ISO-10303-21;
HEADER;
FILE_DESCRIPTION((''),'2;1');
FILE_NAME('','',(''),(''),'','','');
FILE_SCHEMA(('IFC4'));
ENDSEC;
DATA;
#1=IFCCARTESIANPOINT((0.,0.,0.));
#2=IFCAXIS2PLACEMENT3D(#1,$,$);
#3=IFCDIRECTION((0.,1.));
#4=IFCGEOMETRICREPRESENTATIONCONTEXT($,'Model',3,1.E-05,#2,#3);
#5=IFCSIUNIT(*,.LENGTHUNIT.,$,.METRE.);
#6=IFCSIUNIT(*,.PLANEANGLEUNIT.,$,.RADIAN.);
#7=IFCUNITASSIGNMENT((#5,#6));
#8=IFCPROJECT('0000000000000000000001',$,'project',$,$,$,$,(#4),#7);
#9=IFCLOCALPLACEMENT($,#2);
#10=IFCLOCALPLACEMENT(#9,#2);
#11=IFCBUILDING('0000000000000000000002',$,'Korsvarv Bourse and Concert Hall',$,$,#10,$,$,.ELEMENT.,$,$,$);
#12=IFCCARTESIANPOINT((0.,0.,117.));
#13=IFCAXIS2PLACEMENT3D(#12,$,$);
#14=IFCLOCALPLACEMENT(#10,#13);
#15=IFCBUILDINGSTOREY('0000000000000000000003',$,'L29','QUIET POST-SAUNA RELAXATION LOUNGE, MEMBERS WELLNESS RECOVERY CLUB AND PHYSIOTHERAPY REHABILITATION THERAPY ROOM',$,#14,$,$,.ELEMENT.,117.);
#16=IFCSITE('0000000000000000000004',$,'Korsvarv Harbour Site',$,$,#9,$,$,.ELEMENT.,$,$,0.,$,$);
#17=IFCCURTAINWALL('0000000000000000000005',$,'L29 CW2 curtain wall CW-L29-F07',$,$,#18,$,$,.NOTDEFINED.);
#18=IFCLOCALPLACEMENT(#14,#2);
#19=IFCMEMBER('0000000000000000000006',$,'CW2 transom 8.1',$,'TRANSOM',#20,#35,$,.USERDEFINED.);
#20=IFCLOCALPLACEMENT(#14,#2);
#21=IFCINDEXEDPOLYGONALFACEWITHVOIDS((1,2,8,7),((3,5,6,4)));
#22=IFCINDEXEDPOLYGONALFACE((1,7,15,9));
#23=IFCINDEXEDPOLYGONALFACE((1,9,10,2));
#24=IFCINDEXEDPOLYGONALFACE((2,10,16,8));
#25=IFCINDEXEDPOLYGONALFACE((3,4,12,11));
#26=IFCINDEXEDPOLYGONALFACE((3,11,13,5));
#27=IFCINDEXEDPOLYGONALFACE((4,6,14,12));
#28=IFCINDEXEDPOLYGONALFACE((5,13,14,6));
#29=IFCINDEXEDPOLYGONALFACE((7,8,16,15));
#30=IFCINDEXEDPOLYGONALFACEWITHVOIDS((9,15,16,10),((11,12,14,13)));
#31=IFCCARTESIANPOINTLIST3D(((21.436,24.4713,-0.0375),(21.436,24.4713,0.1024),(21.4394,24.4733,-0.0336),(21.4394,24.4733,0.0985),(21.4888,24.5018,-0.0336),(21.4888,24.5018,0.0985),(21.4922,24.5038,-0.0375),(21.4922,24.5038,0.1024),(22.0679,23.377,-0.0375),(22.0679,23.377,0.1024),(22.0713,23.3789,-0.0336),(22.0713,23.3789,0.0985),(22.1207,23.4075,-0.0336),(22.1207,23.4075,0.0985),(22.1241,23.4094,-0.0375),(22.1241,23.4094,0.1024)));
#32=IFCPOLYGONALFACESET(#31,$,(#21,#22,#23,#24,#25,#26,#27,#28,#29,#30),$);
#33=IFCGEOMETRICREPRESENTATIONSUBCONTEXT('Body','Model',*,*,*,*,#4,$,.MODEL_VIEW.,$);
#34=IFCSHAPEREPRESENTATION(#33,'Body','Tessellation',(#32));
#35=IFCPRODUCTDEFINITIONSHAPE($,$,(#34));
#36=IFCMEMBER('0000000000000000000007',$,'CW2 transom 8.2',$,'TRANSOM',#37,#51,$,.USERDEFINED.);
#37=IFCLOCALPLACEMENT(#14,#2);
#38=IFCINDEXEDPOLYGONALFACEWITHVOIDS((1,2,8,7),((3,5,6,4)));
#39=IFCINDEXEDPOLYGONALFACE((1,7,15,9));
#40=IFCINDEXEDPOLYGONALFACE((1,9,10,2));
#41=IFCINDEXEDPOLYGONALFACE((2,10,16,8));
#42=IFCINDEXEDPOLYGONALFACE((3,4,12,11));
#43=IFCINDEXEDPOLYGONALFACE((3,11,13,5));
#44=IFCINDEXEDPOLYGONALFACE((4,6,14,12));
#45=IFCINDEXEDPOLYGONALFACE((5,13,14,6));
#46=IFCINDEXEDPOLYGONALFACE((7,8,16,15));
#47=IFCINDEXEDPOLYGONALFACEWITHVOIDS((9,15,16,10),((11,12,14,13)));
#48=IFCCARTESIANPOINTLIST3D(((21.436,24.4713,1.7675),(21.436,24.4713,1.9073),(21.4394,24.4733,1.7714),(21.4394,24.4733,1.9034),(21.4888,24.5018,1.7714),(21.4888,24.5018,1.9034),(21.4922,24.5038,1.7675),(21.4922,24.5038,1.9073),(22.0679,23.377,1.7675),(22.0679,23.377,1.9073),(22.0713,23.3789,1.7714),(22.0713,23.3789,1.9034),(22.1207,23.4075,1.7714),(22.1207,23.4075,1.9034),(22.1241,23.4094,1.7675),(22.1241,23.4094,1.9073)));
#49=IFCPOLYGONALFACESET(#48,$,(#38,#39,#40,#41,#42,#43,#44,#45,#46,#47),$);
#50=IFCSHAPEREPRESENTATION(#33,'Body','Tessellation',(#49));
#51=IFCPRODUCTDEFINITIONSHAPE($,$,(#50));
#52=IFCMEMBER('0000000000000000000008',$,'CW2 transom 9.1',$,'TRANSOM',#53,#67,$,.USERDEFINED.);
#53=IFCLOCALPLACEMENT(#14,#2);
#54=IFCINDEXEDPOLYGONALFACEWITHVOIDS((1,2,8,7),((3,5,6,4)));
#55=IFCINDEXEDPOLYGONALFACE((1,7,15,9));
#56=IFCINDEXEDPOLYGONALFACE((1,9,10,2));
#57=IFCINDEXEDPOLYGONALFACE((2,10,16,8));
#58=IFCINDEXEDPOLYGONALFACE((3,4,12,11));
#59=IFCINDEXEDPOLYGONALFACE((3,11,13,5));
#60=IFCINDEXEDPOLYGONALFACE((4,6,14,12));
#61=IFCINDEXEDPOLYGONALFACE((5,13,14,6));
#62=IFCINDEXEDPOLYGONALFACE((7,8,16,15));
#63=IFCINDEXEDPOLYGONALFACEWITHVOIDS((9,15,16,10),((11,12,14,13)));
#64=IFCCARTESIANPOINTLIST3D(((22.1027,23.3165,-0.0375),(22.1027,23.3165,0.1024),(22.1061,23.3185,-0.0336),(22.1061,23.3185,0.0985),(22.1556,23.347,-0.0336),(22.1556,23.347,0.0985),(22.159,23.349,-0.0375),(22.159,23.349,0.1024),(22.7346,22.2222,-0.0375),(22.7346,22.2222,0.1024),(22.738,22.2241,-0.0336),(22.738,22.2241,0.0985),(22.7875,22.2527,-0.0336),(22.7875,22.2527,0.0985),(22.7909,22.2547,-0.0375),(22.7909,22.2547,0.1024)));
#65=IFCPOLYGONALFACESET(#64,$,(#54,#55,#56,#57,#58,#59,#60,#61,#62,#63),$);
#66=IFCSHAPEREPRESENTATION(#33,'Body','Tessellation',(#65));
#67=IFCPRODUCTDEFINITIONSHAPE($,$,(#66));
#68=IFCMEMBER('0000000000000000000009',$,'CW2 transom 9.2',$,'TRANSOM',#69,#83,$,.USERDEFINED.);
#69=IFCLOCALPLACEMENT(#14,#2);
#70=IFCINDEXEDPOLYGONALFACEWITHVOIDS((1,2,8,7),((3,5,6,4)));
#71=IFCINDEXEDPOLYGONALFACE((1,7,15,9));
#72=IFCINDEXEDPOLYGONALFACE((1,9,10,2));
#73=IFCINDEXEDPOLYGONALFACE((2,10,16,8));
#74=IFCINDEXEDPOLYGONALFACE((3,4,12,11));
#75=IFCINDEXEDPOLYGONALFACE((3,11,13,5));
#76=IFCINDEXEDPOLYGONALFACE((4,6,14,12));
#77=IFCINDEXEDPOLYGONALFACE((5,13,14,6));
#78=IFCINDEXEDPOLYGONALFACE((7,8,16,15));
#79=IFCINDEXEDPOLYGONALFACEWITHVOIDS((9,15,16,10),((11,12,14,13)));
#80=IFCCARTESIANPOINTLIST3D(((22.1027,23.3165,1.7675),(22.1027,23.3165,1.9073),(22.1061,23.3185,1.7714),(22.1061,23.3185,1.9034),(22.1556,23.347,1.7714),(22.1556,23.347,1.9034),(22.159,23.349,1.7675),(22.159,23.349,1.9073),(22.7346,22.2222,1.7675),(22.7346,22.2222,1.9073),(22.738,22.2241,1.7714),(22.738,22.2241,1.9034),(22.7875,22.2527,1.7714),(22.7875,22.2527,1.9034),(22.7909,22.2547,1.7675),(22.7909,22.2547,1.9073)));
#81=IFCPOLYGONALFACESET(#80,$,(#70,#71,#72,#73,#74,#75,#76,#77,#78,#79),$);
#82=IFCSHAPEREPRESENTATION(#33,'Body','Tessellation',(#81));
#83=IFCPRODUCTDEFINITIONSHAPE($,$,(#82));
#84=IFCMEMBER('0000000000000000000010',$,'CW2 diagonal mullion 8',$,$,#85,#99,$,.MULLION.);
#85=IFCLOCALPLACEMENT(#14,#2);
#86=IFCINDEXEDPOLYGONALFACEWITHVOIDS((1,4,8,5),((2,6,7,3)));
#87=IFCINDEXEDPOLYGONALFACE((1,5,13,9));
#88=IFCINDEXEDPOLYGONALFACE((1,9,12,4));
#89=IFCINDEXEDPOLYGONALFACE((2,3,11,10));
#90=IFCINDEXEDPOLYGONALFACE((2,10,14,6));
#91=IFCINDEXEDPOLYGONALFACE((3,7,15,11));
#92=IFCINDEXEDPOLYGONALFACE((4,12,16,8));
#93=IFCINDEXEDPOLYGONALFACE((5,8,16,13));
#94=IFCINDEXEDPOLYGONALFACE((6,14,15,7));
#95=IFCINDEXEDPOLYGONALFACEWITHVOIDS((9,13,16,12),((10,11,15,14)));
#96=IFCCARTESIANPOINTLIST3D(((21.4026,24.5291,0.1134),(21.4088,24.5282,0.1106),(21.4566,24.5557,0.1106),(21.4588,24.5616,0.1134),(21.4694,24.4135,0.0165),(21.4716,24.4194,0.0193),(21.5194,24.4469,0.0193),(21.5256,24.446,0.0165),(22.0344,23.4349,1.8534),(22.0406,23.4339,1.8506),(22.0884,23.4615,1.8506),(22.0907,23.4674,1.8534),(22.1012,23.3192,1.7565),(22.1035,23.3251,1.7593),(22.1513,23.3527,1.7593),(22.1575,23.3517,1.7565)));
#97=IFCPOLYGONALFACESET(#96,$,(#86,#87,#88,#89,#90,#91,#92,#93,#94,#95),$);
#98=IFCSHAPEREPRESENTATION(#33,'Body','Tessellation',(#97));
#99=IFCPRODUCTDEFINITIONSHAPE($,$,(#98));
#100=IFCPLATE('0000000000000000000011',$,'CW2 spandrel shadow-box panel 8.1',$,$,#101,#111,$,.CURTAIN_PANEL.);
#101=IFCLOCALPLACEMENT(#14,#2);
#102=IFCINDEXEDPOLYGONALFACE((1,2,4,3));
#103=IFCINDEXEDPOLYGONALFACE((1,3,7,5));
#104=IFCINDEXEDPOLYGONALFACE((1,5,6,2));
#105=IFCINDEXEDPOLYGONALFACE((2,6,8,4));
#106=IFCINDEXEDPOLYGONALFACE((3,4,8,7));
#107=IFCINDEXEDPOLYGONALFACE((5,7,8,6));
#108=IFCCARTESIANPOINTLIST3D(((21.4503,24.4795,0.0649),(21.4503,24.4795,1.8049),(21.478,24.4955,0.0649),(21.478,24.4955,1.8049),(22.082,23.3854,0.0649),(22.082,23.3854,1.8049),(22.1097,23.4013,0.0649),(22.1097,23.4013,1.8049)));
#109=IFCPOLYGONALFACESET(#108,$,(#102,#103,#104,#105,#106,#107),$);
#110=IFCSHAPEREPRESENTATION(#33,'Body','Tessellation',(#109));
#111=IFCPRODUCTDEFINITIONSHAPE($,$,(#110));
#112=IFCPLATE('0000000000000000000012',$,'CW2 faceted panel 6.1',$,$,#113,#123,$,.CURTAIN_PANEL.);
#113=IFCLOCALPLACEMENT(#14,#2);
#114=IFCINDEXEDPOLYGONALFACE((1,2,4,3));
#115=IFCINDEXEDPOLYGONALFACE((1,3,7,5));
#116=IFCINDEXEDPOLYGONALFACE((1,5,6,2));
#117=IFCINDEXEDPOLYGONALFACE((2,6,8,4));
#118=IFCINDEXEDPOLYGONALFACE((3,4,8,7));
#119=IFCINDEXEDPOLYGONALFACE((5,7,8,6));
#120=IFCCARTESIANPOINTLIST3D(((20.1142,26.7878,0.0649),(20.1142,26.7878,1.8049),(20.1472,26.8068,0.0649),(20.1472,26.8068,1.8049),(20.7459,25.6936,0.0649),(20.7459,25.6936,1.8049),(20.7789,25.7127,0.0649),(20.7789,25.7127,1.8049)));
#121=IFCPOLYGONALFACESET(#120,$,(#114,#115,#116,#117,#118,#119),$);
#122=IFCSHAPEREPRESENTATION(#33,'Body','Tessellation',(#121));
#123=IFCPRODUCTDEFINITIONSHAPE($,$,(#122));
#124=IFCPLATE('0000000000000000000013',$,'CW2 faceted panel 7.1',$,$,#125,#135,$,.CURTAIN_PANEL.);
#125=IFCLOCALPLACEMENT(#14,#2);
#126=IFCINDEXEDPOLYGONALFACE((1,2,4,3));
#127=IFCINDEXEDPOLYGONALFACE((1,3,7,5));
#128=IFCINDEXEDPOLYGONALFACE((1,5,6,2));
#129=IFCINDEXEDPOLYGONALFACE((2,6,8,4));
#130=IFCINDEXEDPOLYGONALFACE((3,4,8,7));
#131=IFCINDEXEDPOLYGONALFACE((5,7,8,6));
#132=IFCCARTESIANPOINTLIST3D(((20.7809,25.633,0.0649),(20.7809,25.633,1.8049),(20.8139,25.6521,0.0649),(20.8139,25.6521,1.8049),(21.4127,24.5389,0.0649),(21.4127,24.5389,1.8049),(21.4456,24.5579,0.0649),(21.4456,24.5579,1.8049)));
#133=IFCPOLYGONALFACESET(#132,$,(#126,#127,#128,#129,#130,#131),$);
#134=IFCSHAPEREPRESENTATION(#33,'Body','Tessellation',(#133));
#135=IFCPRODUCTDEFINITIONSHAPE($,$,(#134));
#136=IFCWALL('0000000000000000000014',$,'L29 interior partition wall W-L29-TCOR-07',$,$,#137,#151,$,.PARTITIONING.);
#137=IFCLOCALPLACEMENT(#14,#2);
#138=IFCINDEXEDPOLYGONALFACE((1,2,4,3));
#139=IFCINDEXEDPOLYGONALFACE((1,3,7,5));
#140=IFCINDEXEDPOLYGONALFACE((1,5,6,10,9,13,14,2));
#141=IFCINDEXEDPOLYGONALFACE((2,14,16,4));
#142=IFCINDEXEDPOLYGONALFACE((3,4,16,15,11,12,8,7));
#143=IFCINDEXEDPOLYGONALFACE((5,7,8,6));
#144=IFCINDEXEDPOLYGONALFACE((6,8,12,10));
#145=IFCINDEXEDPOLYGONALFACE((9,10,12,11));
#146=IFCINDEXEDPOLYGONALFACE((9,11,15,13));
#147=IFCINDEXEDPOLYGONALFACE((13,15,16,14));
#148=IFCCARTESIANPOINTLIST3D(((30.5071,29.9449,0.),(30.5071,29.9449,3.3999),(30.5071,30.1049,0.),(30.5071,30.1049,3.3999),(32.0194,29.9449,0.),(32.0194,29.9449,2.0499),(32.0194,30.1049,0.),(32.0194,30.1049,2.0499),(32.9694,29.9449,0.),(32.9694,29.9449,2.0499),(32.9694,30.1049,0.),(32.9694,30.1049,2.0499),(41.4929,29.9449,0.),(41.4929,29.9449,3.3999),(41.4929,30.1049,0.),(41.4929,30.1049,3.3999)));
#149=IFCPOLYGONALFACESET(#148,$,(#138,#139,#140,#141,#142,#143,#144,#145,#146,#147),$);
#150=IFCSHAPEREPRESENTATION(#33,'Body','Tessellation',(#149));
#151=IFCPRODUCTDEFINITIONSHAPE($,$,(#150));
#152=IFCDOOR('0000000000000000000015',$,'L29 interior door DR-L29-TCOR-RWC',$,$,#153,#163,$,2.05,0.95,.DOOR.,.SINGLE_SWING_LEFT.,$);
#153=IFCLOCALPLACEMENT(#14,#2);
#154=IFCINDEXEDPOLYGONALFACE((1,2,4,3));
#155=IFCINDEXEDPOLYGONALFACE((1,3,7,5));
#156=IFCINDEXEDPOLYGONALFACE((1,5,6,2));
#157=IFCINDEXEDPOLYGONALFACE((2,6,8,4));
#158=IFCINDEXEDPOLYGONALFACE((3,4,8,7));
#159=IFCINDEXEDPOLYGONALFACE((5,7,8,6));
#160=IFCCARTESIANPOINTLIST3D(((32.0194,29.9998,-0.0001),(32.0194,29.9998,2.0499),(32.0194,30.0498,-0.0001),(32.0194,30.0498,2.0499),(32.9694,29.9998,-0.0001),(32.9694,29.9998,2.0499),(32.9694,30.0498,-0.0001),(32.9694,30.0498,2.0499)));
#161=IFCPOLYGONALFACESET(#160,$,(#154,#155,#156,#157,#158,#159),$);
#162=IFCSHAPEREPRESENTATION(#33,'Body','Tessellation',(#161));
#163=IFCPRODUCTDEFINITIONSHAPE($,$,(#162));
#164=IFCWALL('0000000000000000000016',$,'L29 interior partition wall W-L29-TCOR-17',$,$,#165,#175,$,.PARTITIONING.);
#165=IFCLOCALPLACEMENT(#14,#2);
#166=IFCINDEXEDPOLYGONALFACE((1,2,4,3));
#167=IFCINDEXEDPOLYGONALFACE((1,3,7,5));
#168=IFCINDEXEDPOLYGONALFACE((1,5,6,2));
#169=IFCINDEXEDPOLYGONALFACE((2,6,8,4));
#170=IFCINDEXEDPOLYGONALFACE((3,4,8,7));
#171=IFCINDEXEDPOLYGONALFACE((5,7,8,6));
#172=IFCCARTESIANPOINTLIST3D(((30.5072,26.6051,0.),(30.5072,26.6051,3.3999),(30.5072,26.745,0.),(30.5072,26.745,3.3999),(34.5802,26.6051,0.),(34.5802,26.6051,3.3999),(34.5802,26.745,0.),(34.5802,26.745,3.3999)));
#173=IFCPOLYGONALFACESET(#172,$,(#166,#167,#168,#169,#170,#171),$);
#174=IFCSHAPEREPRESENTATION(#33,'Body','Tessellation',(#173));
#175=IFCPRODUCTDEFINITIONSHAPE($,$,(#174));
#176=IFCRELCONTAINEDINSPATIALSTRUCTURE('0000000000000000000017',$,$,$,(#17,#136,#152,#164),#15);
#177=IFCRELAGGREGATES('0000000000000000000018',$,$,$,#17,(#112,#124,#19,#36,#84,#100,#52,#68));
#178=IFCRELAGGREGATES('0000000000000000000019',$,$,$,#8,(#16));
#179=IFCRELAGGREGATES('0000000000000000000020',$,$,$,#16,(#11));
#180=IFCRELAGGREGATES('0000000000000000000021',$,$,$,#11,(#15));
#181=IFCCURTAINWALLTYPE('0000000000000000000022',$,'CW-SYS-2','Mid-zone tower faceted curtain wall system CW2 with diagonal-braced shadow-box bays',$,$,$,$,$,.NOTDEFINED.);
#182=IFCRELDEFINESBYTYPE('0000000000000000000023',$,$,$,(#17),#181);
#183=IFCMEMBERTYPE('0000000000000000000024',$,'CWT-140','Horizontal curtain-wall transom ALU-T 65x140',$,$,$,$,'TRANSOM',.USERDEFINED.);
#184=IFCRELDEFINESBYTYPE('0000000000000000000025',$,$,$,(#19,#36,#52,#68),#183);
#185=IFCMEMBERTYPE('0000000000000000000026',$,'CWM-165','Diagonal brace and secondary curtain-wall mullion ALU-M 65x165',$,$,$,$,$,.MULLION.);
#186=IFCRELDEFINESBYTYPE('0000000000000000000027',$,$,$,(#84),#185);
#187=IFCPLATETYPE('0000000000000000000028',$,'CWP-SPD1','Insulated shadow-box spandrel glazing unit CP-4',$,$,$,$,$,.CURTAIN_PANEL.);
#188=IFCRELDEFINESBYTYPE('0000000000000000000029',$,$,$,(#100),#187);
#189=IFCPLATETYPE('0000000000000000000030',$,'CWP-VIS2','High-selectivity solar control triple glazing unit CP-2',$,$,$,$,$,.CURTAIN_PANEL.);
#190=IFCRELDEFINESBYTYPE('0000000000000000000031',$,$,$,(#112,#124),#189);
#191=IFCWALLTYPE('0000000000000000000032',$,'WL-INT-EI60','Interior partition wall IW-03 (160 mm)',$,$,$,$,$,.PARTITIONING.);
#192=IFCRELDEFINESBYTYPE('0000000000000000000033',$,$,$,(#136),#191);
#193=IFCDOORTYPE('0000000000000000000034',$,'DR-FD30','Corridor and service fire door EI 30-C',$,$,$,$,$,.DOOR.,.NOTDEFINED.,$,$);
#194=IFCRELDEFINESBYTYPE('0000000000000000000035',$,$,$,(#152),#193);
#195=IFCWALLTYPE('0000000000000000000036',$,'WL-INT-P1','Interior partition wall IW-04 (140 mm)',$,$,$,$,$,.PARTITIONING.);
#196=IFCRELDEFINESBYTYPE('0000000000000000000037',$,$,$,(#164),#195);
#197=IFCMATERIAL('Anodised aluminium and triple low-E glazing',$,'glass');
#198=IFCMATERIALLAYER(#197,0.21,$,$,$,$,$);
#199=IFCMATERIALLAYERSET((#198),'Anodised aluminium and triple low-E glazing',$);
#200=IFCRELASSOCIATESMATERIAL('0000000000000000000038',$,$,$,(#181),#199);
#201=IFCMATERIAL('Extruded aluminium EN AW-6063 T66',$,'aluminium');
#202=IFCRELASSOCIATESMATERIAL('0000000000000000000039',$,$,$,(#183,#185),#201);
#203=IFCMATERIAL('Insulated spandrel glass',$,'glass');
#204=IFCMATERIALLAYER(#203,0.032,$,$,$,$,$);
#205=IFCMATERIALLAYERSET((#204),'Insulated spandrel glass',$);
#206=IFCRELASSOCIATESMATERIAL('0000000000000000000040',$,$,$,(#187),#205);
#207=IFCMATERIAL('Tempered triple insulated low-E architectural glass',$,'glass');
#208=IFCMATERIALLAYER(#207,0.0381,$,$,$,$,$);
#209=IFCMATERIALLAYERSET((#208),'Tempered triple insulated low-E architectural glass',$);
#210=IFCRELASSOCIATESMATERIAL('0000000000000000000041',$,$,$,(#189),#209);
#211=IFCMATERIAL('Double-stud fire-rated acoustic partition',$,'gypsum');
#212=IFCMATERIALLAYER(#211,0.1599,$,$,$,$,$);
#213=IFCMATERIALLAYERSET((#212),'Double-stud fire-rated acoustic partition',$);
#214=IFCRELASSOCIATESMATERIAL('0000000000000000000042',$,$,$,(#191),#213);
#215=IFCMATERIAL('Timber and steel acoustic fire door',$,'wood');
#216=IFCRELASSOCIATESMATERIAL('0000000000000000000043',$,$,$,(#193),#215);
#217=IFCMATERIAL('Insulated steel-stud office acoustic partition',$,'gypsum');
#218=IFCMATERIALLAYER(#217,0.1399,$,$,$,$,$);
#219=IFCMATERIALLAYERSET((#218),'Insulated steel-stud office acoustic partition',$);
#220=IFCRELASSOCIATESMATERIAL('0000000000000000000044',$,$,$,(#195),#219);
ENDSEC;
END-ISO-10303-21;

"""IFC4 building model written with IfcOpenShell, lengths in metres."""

from ifc_helpers import new_model, si_unit, direction, frame, frame_2d, origin, origin_2d, place, context, subcontext, project, spatial, rectangle, hollow_rectangle, extrude, source, transform, mapped, material, layer, layer_set, material_profile, profile_set, type_object, element, fill, aggregate, save


model = new_model("IFC4")

# Units and contexts
model_context = context("Model", 3, precision=1e-05, world=origin(), true_north=direction((0.0, 1.0)))
body_context = subcontext(model_context, "Body", "Model", "MODEL_VIEW")
ifc_project = project(units=[si_unit("LENGTHUNIT", "METRE"), si_unit("PLANEANGLEUNIT", "RADIAN")], contexts=[model_context])

# Site, building, storey
site_placement = place(None, origin())
site = spatial("IfcSite", under=ifc_project, at=site_placement, Name="Korsvarv Harbour Site", CompositionType="ELEMENT", RefElevation=0.0)
building_placement = place(site_placement, origin())
building = spatial("IfcBuilding", under=site, at=building_placement, Name="Korsvarv Bourse and Concert Hall", CompositionType="ELEMENT")
storey_placement = place(building_placement, frame((0.0, 0.0, 117.0)))
storey = spatial("IfcBuildingStorey", under=building, at=storey_placement, Name="L29", Description="QUIET POST-SAUNA RELAXATION LOUNGE, MEMBERS WELLNESS RECOVERY CLUB AND PHYSIOTHERAPY REHABILITATION THERAPY ROOM", CompositionType="ELEMENT", Elevation=117.0)

# Curtain wall, members, plates
ifc_material_1 = material(Name="Anodised aluminium and triple low-E glazing", Category="glass")
ifc_layer_1 = layer(ifc_material_1, 0.21)
ifc_layer_set_1 = layer_set([ifc_layer_1], Name="Anodised aluminium and triple low-E glazing")
curtain_wall_type = type_object("IfcCurtainWallType", Name="CW-SYS-2", Description="Mid-zone tower faceted curtain wall system CW2 with diagonal-braced shadow-box bays", PredefinedType="NOTDEFINED", material=ifc_layer_set_1)
curtain_wall_placement = place(storey_placement, origin())
curtain_wall = element("IfcCurtainWall", 1, at=curtain_wall_placement, inside=storey, type_object=curtain_wall_type, Name="L29 CW2 curtain wall CW-L29-F07", PredefinedType="NOTDEFINED")
ifc_material_2 = material(Name="Extruded aluminium EN AW-6063 T66", Category="aluminium")
ifc_material_profile_1 = material_profile(ifc_material_2, hollow_rectangle(XDim=0.0649, YDim=0.1399, WallThickness=0.0039, at=origin_2d()), Name="ALU-T 65x140")
ifc_profile_set_1 = profile_set([ifc_material_profile_1], Name="Extruded aluminium EN AW-6063 T66")
member_type_1 = type_object("IfcMemberType", Name="CWT-140", Description="Horizontal curtain-wall transom ALU-T 65x140", ElementType="TRANSOM", PredefinedType="USERDEFINED", material=ifc_profile_set_1)
shared_shape_1 = source(origin(), body_context, "Body", "SweptSolid", [
    extrude(hollow_rectangle(XDim=0.0649, YDim=0.1399, WallThickness=0.0039, at=origin_2d()), origin(), (0.0, 0.0, 1.0), 1.2637),
])
member_1_placement = place(storey_placement, frame((21.4641, 24.4875, 0.0325), z_axis=(0.500046, -0.865999, 0.0), x_axis=(0.865999, 0.500046, 0.0)))
member_1 = element("IfcMember", 2, at=member_1_placement, type_object=member_type_1, Name="CW2 transom 8.1", ObjectType="TRANSOM", PredefinedType="USERDEFINED", context=body_context, shape_type="MappedRepresentation", body=[
    mapped(shared_shape_1, transform((0.0, 0.0, 0.0), scale=1.0)),
])
member_2_placement = place(storey_placement, frame((21.4641, 24.4875, 1.8374), z_axis=(0.500046, -0.865999, 0.0), x_axis=(0.865999, 0.500046, 0.0)))
member_2 = element("IfcMember", 3, at=member_2_placement, type_object=member_type_1, Name="CW2 transom 8.2", ObjectType="TRANSOM", PredefinedType="USERDEFINED", context=body_context, shape_type="MappedRepresentation", body=[
    mapped(shared_shape_1, transform((0.0, 0.0, 0.0), scale=1.0)),
])
member_3_placement = place(storey_placement, frame((22.1309, 23.3328, 0.0325), z_axis=(0.500046, -0.865999, 0.0), x_axis=(0.865999, 0.500046, 0.0)))
member_3 = element("IfcMember", 4, at=member_3_placement, type_object=member_type_1, Name="CW2 transom 9.1", ObjectType="TRANSOM", PredefinedType="USERDEFINED", context=body_context, shape_type="MappedRepresentation", body=[
    mapped(shared_shape_1, transform((0.0, 0.0, 0.0), scale=1.0)),
])
member_4_placement = place(storey_placement, frame((22.1309, 23.3328, 1.8374), z_axis=(0.500046, -0.865999, 0.0), x_axis=(0.865999, 0.500046, 0.0)))
member_4 = element("IfcMember", 5, at=member_4_placement, type_object=member_type_1, Name="CW2 transom 9.2", ObjectType="TRANSOM", PredefinedType="USERDEFINED", context=body_context, shape_type="MappedRepresentation", body=[
    mapped(shared_shape_1, transform((0.0, 0.0, 0.0), scale=1.0)),
])
ifc_material_profile_2 = material_profile(ifc_material_2, hollow_rectangle(XDim=0.0649, YDim=0.165, WallThickness=0.0049, at=origin_2d()), Name="ALU-M 65x165")
ifc_profile_set_2 = profile_set([ifc_material_profile_2], Name="Extruded aluminium EN AW-6063 T66")
member_type_2 = type_object("IfcMemberType", Name="CWM-165", Description="Diagonal brace and secondary curtain-wall mullion ALU-M 65x165", PredefinedType="MULLION", material=ifc_profile_set_2)
shared_shape_2 = source(origin(), body_context, "Body", "SweptSolid", [
    extrude(hollow_rectangle(XDim=0.0649, YDim=0.165, WallThickness=0.0049, at=origin_2d()), origin(), (0.0, 0.0, 1.0), 2.1504),
])
member_5_placement = place(storey_placement, frame((21.4641, 24.4875, 0.0649), z_axis=(0.293825, -0.508858, 0.809154), x_axis=(0.865999, 0.500046, 0.0)))
member_5 = element("IfcMember", 6, at=member_5_placement, type_object=member_type_2, Name="CW2 diagonal mullion 8", PredefinedType="MULLION", context=body_context, shape_type="MappedRepresentation", body=[
    mapped(shared_shape_2, transform((0.0, 0.0, 0.0), scale=1.0)),
])
ifc_material_3 = material(Name="Insulated spandrel glass", Category="glass")
ifc_layer_2 = layer(ifc_material_3, 0.032)
ifc_layer_set_2 = layer_set([ifc_layer_2], Name="Insulated spandrel glass")
plate_type_1 = type_object("IfcPlateType", Name="CWP-SPD1", Description="Insulated shadow-box spandrel glazing unit CP-4", PredefinedType="CURTAIN_PANEL", material=ifc_layer_set_2)
shared_shape_3 = source(origin(), body_context, "Body", "SweptSolid", [
    extrude(rectangle(XDim=1.2634, YDim=0.032, at=origin_2d()), origin(), (0.0, 0.0, 1.0), 1.74),
])
plate_1_placement = place(storey_placement, frame((21.78, 23.9404, 0.0649), z_axis=(0.0, 0.0, 1.0), x_axis=(0.500006, -0.866022, 0.0)))
plate_1 = element("IfcPlate", 7, at=plate_1_placement, type_object=plate_type_1, Name="CW2 spandrel shadow-box panel 8.1", PredefinedType="CURTAIN_PANEL", context=body_context, shape_type="MappedRepresentation", body=[
    mapped(shared_shape_3, transform((0.0, 0.0, 0.0), scale=1.0)),
])
ifc_material_4 = material(Name="Tempered triple insulated low-E architectural glass", Category="glass")
ifc_layer_3 = layer(ifc_material_4, 0.0381)
ifc_layer_set_3 = layer_set([ifc_layer_3], Name="Tempered triple insulated low-E architectural glass")
plate_type_2 = type_object("IfcPlateType", Name="CWP-VIS2", Description="High-selectivity solar control triple glazing unit CP-2", PredefinedType="CURTAIN_PANEL", material=ifc_layer_set_3)
shared_shape_4 = source(origin(), body_context, "Body", "SweptSolid", [
    extrude(rectangle(XDim=1.2634, YDim=0.0381, at=origin_2d()), origin(), (0.0, 0.0, 1.0), 1.74),
])
plate_2_placement = place(storey_placement, frame((20.4465, 26.2502, 0.0649), z_axis=(0.0, 0.0, 1.0), x_axis=(0.500006, -0.866022, 0.0)))
plate_2 = element("IfcPlate", 8, at=plate_2_placement, type_object=plate_type_2, Name="CW2 faceted panel 6.1", PredefinedType="CURTAIN_PANEL", context=body_context, shape_type="MappedRepresentation", body=[
    mapped(shared_shape_4, transform((0.0, 0.0, 0.0), scale=1.0)),
])
plate_3_placement = place(storey_placement, frame((21.1133, 25.0955, 0.0649), z_axis=(0.0, 0.0, 1.0), x_axis=(0.500006, -0.866022, 0.0)))
plate_3 = element("IfcPlate", 9, at=plate_3_placement, type_object=plate_type_2, Name="CW2 faceted panel 7.1", PredefinedType="CURTAIN_PANEL", context=body_context, shape_type="MappedRepresentation", body=[
    mapped(shared_shape_4, transform((0.0, 0.0, 0.0), scale=1.0)),
])
aggregate(curtain_wall, [plate_2, plate_3, member_1, member_2, member_5, plate_1, member_3, member_4])

# Wall, opening, door
ifc_material_5 = material(Name="Double-stud fire-rated acoustic partition", Category="gypsum")
ifc_layer_4 = layer(ifc_material_5, 0.1599)
ifc_layer_set_4 = layer_set([ifc_layer_4], Name="Double-stud fire-rated acoustic partition")
wall_type_1 = type_object("IfcWallType", Name="WL-INT-EI60", Description="Interior partition wall IW-03 (160 mm)", PredefinedType="PARTITIONING", material=ifc_layer_set_4)
wall_1_placement = place(storey_placement, frame((30.5071, 30.0249, 0.0), z_axis=(0.0, 0.0, 1.0), x_axis=(1.0, 0.0, 0.0)))
wall_1 = element("IfcWall", 10, at=wall_1_placement, inside=storey, type_object=wall_type_1, Name="L29 interior partition wall W-L29-TCOR-07", PredefinedType="PARTITIONING", context=body_context, shape_type="SweptSolid", body=[
    extrude(rectangle(XDim=10.9858, YDim=0.1599, at=frame_2d((5.4929, 0.0))), origin(), (0.0, 0.0, 1.0), 3.3999),
])
opening_placement = place(wall_1_placement, frame((1.5122, 0.0, 0.0)))
opening = element("IfcOpeningElement", 11, at=opening_placement, cuts=wall_1, PredefinedType="OPENING", context=body_context, shape_type="SweptSolid", body=[
    extrude(rectangle(XDim=0.95, YDim=2.05, at=frame_2d((0.4751, 1.0249))), frame((0.0, 0.0898, 0.0), z_axis=(0.0, -1.0, 0.0), x_axis=(1.0, 0.0, 0.0)), (0.0, 0.0, 1.0), 0.1799),
])
ifc_material_6 = material(Name="Timber and steel acoustic fire door", Category="wood")
door_type = type_object("IfcDoorType", Name="DR-FD30", Description="Corridor and service fire door EI 30-C", OperationType="NOTDEFINED", PredefinedType="DOOR", material=ifc_material_6)
door_placement = place(opening_placement, origin())
door = element("IfcDoor", 12, at=door_placement, inside=storey, type_object=door_type, Name="L29 interior door DR-L29-TCOR-RWC", OperationType="SINGLE_SWING_LEFT", OverallHeight=2.05, OverallWidth=0.95, PredefinedType="DOOR", context=body_context, shape_type="SweptSolid", body=[
    extrude(rectangle(XDim=0.95, YDim=2.05, at=frame_2d((0.4751, 1.0249))), frame((0.0, 0.0249, 0.0), z_axis=(0.0, -1.0, 0.0), x_axis=(1.0, 0.0, 0.0)), (0.0, 0.0, 1.0), 0.05),
])
fill(opening, door)

# Wall
ifc_material_7 = material(Name="Insulated steel-stud office acoustic partition", Category="gypsum")
ifc_layer_5 = layer(ifc_material_7, 0.1399)
ifc_layer_set_5 = layer_set([ifc_layer_5], Name="Insulated steel-stud office acoustic partition")
wall_type_2 = type_object("IfcWallType", Name="WL-INT-P1", Description="Interior partition wall IW-04 (140 mm)", PredefinedType="PARTITIONING", material=ifc_layer_set_5)
wall_2_placement = place(storey_placement, frame((30.5071, 26.675, 0.0), z_axis=(0.0, 0.0, 1.0), x_axis=(1.0, 0.0, 0.0)))
element("IfcWall", 13, at=wall_2_placement, inside=storey, type_object=wall_type_2, Name="L29 interior partition wall W-L29-TCOR-17", PredefinedType="PARTITIONING", context=body_context, shape_type="SweptSolid", body=[
    extrude(rectangle(XDim=4.073, YDim=0.1399, at=frame_2d((2.0366, 0.0))), origin(), (0.0, 0.0, 1.0), 3.3999),
])

save(model, "model.ifc")
